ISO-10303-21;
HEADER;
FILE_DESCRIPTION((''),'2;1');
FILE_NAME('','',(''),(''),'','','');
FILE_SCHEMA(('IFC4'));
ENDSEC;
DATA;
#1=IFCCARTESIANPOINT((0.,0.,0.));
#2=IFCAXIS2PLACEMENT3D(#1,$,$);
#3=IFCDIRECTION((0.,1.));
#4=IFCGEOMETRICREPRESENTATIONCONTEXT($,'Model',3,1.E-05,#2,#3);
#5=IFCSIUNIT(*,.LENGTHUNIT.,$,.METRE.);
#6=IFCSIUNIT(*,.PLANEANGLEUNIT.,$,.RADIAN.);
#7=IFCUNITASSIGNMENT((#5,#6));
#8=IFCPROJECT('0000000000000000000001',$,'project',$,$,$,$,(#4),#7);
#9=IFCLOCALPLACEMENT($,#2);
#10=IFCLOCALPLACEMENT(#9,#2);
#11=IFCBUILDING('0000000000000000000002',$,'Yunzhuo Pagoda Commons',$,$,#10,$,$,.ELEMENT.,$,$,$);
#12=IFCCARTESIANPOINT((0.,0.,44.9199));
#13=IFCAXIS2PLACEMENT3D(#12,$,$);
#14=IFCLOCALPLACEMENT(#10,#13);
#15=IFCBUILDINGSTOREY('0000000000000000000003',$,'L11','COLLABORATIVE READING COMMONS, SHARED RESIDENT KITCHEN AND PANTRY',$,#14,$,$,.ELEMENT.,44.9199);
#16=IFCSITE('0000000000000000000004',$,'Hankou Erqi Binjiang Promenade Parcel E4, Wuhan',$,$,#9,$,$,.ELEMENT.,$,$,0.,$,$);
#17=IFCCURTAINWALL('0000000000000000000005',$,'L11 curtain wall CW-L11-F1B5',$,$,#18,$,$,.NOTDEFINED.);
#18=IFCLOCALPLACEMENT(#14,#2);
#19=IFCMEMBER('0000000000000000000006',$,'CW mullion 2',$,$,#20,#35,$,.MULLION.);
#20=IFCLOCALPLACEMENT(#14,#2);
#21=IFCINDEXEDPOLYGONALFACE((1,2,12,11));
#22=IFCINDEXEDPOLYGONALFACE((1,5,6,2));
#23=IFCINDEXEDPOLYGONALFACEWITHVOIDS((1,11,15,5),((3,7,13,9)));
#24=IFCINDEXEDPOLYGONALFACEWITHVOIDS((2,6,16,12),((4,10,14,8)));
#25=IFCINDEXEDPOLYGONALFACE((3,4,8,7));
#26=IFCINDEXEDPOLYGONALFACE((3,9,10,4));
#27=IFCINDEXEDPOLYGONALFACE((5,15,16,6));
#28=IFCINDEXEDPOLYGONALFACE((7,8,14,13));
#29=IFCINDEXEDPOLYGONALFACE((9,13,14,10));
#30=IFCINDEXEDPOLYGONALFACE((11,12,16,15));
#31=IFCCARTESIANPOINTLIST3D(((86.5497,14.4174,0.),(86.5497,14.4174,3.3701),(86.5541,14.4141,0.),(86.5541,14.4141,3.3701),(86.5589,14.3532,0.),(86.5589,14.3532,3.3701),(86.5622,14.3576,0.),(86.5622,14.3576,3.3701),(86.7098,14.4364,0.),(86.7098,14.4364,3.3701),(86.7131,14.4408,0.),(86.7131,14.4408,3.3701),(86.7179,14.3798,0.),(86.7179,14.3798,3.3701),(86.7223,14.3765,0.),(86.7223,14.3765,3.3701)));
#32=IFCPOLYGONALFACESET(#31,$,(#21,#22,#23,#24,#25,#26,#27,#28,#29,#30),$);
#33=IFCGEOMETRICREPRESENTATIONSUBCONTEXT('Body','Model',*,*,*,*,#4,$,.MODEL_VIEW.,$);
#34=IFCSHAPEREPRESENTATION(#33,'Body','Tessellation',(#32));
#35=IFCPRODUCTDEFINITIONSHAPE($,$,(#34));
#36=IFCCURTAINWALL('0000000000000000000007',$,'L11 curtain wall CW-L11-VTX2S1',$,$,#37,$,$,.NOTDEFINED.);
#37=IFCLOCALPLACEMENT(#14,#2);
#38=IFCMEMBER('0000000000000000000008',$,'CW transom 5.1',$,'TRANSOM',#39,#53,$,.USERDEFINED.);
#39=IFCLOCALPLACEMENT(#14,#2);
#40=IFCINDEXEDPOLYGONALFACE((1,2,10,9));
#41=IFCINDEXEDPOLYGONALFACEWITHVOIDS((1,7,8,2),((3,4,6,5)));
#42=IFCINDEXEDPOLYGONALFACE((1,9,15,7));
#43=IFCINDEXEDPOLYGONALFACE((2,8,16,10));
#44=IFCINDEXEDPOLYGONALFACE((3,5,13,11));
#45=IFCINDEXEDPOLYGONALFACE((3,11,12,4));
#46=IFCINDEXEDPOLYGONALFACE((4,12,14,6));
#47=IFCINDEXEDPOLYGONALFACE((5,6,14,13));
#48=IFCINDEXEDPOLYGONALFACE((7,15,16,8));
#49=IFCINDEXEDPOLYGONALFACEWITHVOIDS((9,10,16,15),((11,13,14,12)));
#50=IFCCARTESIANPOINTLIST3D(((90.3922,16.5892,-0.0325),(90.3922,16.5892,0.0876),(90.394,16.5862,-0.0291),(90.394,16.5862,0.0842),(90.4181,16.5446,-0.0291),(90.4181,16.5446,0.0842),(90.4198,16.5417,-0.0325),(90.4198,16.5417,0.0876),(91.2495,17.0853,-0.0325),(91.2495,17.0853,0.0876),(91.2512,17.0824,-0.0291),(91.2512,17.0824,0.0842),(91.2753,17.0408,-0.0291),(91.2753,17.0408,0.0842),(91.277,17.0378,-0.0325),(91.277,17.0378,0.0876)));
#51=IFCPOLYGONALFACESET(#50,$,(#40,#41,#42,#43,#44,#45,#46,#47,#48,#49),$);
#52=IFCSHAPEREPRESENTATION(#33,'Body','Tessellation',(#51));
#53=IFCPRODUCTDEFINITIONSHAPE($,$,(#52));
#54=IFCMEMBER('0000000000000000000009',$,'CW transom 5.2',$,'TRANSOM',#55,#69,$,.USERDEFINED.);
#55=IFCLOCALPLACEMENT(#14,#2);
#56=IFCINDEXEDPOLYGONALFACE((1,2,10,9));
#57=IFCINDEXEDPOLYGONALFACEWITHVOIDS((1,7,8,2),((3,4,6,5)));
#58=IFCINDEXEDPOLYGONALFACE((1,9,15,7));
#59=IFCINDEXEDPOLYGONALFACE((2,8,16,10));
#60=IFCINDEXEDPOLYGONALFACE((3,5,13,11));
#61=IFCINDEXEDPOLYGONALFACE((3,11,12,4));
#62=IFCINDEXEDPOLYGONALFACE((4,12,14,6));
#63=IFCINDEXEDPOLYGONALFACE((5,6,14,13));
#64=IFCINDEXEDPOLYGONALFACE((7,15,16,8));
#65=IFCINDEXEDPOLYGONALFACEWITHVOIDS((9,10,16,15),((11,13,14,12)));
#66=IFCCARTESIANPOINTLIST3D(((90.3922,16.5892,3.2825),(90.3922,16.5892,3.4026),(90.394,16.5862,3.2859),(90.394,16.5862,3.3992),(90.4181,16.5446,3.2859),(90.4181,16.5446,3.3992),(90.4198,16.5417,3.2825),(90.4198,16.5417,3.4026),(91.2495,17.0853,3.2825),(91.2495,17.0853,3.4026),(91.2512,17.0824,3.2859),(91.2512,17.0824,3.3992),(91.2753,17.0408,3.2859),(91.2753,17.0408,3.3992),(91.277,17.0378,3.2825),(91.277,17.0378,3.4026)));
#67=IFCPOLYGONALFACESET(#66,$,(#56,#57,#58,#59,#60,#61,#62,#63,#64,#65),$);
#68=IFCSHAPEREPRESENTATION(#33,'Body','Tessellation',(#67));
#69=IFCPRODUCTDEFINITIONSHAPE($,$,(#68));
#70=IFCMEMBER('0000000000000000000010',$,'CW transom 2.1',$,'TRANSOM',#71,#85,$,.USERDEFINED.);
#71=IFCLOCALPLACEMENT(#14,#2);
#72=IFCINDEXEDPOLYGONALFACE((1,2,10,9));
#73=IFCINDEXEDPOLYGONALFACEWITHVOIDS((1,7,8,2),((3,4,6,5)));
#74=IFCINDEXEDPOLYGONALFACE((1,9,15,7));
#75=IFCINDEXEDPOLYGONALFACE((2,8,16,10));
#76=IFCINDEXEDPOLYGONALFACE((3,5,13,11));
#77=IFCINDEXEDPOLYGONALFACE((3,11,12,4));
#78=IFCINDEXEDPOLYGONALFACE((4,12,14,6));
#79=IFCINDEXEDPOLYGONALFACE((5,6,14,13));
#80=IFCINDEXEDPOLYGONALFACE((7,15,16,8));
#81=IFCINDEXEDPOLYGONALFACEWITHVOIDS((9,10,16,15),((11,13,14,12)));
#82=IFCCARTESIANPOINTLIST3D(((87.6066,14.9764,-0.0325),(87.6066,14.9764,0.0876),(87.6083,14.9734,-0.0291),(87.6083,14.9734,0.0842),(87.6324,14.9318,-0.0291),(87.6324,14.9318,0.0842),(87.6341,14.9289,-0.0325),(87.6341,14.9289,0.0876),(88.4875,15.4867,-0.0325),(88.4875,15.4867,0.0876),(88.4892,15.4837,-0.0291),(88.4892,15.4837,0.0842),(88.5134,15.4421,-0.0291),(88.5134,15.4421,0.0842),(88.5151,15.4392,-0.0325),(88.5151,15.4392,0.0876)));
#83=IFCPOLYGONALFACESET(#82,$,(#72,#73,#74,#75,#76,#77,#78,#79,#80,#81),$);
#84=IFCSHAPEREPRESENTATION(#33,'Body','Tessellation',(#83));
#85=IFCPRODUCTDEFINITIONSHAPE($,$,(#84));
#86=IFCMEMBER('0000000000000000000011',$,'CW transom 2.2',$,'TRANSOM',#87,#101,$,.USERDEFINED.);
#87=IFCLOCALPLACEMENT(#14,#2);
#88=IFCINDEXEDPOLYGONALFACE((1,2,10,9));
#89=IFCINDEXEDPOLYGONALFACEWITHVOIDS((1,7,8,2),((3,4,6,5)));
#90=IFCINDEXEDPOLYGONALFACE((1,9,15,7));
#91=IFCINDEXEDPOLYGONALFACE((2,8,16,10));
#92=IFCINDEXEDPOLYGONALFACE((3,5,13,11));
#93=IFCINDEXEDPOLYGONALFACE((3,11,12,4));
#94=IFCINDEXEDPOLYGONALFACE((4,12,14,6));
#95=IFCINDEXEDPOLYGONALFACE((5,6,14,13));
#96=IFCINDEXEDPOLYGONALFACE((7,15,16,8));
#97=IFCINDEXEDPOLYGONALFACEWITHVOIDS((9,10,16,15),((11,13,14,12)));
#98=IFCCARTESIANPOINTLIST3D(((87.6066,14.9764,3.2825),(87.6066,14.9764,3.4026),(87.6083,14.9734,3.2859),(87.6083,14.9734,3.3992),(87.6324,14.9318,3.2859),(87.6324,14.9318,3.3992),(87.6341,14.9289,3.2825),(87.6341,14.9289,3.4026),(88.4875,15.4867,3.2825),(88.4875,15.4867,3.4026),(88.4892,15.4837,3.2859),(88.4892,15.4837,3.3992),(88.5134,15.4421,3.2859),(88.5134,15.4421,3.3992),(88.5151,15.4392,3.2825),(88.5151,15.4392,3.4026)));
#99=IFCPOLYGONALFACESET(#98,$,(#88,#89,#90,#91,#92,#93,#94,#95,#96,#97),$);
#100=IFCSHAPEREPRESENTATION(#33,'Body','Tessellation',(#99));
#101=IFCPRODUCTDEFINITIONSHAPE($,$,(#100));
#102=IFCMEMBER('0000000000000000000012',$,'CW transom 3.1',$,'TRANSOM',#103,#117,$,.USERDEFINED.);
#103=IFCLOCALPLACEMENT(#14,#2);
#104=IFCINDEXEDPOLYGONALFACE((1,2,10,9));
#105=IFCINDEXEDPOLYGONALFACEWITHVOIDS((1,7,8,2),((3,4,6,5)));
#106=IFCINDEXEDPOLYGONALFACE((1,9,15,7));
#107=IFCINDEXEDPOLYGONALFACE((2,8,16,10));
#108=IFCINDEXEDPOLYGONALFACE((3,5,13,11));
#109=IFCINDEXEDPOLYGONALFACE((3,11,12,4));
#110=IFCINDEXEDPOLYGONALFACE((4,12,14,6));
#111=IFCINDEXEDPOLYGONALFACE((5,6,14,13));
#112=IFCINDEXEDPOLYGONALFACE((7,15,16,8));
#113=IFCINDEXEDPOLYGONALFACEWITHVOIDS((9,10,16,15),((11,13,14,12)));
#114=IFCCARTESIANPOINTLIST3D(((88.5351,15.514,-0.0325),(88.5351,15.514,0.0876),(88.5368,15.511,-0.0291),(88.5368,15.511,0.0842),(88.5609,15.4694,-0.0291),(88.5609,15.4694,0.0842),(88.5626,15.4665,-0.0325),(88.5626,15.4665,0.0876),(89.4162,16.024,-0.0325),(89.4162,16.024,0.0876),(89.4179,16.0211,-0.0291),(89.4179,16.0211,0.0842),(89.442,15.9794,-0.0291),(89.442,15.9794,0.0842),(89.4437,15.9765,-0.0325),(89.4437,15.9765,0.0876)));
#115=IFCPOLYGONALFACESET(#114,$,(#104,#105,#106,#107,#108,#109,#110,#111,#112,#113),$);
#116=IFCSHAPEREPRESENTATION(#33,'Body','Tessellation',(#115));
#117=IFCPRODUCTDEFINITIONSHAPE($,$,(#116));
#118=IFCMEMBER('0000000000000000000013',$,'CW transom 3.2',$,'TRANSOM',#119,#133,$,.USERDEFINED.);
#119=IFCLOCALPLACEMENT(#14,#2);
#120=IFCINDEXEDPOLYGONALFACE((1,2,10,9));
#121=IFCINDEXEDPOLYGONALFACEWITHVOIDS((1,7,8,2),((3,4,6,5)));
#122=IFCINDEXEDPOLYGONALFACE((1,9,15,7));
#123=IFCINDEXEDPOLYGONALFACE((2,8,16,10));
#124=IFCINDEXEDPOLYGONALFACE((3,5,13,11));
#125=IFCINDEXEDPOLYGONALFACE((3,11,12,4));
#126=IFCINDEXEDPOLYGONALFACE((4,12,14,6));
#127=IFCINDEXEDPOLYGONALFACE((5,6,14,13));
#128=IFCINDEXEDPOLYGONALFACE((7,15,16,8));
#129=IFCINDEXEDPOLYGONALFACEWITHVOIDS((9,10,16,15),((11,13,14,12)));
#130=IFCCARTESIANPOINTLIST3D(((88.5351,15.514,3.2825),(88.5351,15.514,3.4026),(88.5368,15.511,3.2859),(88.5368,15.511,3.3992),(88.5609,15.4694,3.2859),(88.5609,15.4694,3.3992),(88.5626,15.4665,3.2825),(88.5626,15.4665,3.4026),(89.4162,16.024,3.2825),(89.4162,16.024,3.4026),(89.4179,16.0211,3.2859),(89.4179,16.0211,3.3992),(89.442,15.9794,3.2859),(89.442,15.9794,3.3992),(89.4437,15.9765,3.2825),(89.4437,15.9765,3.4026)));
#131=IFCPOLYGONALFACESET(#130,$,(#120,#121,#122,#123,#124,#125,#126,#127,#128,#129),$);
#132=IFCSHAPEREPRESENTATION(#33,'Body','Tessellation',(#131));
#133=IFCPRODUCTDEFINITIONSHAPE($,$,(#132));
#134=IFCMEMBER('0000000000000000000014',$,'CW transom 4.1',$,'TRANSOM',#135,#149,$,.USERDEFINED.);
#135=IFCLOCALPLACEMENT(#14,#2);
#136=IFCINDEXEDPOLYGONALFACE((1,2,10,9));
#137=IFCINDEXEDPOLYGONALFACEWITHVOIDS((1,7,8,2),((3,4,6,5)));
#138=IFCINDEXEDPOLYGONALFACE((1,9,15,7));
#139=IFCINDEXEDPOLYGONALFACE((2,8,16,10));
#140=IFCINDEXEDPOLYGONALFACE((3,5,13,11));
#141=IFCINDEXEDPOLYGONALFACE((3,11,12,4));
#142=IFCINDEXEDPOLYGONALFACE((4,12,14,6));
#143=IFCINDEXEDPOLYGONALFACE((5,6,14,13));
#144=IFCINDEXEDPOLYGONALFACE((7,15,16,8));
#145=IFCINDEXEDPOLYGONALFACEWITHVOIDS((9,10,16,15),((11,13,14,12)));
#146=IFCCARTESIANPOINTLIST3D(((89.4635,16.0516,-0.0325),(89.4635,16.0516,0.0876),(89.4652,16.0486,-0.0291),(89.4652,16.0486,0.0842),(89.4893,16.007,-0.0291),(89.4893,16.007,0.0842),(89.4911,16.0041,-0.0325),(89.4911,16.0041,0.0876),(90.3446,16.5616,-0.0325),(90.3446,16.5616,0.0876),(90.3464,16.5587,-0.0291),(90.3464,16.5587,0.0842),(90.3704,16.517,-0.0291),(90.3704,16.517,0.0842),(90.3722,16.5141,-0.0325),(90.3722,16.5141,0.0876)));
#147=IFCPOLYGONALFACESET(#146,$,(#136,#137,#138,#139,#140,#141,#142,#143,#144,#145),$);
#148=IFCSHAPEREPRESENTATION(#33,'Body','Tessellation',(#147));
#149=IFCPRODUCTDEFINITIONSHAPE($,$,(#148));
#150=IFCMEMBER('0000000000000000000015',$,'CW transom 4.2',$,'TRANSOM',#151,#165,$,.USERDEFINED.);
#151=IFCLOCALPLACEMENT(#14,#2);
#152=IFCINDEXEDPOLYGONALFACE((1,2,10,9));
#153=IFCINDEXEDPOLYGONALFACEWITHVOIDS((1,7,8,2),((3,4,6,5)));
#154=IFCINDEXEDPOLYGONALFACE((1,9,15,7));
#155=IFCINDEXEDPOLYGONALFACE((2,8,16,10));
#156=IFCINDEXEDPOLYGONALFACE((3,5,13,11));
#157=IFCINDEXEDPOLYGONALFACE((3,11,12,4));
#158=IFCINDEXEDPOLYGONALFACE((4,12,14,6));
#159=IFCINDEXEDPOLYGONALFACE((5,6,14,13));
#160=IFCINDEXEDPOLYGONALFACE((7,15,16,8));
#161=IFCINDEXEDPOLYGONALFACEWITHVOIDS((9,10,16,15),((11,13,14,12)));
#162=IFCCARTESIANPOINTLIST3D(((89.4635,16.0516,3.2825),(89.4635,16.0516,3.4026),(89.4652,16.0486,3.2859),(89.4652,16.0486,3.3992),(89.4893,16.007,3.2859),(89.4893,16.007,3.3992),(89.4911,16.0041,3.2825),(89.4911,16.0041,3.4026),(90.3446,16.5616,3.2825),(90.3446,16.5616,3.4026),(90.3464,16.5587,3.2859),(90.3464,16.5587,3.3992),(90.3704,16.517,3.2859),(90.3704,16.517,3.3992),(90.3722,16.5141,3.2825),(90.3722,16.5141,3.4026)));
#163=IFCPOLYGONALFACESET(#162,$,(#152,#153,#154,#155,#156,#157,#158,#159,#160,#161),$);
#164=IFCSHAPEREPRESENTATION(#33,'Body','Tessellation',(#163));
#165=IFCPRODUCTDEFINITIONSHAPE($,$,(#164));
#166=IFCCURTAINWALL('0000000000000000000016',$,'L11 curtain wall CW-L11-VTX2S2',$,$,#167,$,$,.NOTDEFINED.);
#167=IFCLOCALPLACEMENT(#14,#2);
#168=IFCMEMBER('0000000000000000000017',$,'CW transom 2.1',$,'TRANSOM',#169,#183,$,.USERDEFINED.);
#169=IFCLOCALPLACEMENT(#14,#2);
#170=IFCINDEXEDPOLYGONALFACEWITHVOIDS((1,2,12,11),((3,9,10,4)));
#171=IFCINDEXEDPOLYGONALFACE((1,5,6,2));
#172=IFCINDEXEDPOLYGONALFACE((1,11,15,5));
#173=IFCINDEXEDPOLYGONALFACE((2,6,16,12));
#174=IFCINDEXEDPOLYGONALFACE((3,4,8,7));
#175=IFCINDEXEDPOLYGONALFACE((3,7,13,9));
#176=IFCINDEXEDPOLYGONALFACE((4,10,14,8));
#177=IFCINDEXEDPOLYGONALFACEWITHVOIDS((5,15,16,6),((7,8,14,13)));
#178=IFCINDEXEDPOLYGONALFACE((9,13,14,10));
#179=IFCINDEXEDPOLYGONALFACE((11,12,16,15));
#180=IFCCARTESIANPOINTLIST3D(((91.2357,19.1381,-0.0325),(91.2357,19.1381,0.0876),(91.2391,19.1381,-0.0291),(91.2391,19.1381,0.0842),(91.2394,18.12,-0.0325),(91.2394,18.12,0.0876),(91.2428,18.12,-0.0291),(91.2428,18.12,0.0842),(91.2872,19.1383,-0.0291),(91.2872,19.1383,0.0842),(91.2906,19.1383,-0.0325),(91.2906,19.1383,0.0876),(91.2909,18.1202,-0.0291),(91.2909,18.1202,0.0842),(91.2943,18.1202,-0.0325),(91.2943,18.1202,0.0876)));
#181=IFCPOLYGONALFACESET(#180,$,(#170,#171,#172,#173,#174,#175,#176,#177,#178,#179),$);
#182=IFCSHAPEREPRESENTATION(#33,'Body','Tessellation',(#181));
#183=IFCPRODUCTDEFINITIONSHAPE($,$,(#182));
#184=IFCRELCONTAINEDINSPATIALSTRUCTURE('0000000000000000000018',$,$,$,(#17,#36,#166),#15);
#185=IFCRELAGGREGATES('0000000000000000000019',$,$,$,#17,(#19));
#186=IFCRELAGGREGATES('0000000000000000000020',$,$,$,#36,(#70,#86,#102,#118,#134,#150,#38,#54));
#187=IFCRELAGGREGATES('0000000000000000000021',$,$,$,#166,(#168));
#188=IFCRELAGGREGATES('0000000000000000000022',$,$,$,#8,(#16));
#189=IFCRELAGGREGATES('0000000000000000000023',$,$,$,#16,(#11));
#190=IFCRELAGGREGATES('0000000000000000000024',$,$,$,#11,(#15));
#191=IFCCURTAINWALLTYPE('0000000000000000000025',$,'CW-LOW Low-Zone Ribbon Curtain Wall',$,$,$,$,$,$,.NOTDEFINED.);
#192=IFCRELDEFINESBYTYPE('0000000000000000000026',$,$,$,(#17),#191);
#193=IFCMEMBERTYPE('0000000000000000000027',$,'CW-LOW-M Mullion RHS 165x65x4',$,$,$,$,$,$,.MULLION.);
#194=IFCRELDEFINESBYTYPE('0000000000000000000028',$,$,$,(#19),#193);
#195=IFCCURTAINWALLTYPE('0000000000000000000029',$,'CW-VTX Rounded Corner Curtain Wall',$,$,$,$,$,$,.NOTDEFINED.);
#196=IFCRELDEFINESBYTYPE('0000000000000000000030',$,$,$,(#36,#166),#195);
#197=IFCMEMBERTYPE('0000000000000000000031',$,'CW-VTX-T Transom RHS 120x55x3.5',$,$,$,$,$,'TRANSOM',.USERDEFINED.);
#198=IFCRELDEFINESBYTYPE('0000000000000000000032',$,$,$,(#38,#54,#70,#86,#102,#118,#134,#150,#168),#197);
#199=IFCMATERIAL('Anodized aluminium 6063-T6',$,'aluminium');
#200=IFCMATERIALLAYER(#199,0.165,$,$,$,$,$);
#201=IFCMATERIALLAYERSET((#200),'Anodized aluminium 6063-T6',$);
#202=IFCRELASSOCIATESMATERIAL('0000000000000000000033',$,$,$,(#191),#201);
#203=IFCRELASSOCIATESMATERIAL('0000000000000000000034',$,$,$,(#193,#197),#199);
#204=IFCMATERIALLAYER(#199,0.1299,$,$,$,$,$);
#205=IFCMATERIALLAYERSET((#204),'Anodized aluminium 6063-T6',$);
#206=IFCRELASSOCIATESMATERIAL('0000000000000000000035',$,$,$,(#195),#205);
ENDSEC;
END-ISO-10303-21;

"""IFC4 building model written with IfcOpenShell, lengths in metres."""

from ifc_helpers import new_model, si_unit, direction, frame, origin, origin_2d, place, context, subcontext, project, spatial, hollow_rectangle, extrude, source, transform, mapped, material, layer, layer_set, material_profile, profile_set, type_object, element, aggregate, save


model = new_model("IFC4")

# Units and contexts
model_context = context("Model", 3, precision=1e-05, world=origin(), true_north=direction((0.0, 1.0)))
body_context = subcontext(model_context, "Body", "Model", "MODEL_VIEW")
ifc_project = project(units=[si_unit("LENGTHUNIT", "METRE"), si_unit("PLANEANGLEUNIT", "RADIAN")], contexts=[model_context])

# Site, building, storey
site_placement = place(None, origin())
site = spatial("IfcSite", under=ifc_project, at=site_placement, Name="Hankou Erqi Binjiang Promenade Parcel E4, Wuhan", CompositionType="ELEMENT", RefElevation=0.0)
building_placement = place(site_placement, origin())
building = spatial("IfcBuilding", under=site, at=building_placement, Name="Yunzhuo Pagoda Commons", CompositionType="ELEMENT")
storey_placement = place(building_placement, frame((0.0, 0.0, 44.9199)))
storey = spatial("IfcBuildingStorey", under=building, at=storey_placement, Name="L11", Description="COLLABORATIVE READING COMMONS, SHARED RESIDENT KITCHEN AND PANTRY", CompositionType="ELEMENT", Elevation=44.9199)

# Curtain wall, member
ifc_material_1 = material(Name="Anodized aluminium 6063-T6", Category="aluminium")
ifc_layer_1 = layer(ifc_material_1, 0.165)
ifc_layer_set_1 = layer_set([ifc_layer_1], Name="Anodized aluminium 6063-T6")
curtain_wall_type_1 = type_object("IfcCurtainWallType", Name="CW-LOW Low-Zone Ribbon Curtain Wall", PredefinedType="NOTDEFINED", material=ifc_layer_set_1)
curtain_wall_1_placement = place(storey_placement, origin())
curtain_wall_1 = element("IfcCurtainWall", 1, at=curtain_wall_1_placement, inside=storey, type_object=curtain_wall_type_1, Name="L11 curtain wall CW-L11-F1B5", PredefinedType="NOTDEFINED")
ifc_material_profile_1 = material_profile(ifc_material_1, hollow_rectangle(XDim=0.0649, YDim=0.165, WallThickness=0.0039, at=origin_2d()), Name="Anodized aluminium 6063-T6")
ifc_profile_set_1 = profile_set([ifc_material_profile_1], Name="Anodized aluminium 6063-T6")
member_type_1 = type_object("IfcMemberType", Name="CW-LOW-M Mullion RHS 165x65x4", PredefinedType="MULLION", material=ifc_profile_set_1)
shared_shape_1 = source(origin(), body_context, "Body", "SweptSolid", [
    extrude(hollow_rectangle(XDim=0.0649, YDim=0.165, WallThickness=0.0039, at=origin_2d()), origin(), (0.0, 0.0, 1.0), 3.3701),
])
member_1_placement = place(storey_placement, frame((86.636, 14.397, 0.0), z_axis=(0.0, 0.0, 1.0), x_axis=(-0.141493, 0.989939, 0.0)))
member_1 = element("IfcMember", 2, at=member_1_placement, type_object=member_type_1, Name="CW mullion 2", PredefinedType="MULLION", context=body_context, shape_type="MappedRepresentation", body=[
    mapped(shared_shape_1, transform((0.0, 0.0, 0.0), scale=1.0)),
])
aggregate(curtain_wall_1, [member_1])

# Curtain walls, members
ifc_layer_2 = layer(ifc_material_1, 0.1299)
ifc_layer_set_2 = layer_set([ifc_layer_2], Name="Anodized aluminium 6063-T6")
curtain_wall_type_2 = type_object("IfcCurtainWallType", Name="CW-VTX Rounded Corner Curtain Wall", PredefinedType="NOTDEFINED", material=ifc_layer_set_2)
curtain_wall_2_placement = place(storey_placement, origin())
curtain_wall_2 = element("IfcCurtainWall", 3, at=curtain_wall_2_placement, inside=storey, type_object=curtain_wall_type_2, Name="L11 curtain wall CW-L11-VTX2S1", PredefinedType="NOTDEFINED")
ifc_material_profile_2 = material_profile(ifc_material_1, hollow_rectangle(XDim=0.0549, YDim=0.1201, WallThickness=0.0034, at=origin_2d()), Name="Anodized aluminium 6063-T6")
ifc_profile_set_2 = profile_set([ifc_material_profile_2], Name="Anodized aluminium 6063-T6")
member_type_2 = type_object("IfcMemberType", Name="CW-VTX-T Transom RHS 120x55x3.5", ElementType="TRANSOM", PredefinedType="USERDEFINED", material=ifc_profile_set_2)
shared_shape_2 = source(origin(), body_context, "Body", "SweptSolid", [
    extrude(hollow_rectangle(XDim=0.0549, YDim=0.1201, WallThickness=0.0034, at=origin_2d()), origin(), (0.0, 0.0, 1.0), 0.9905),
])
member_2_placement = place(storey_placement, frame((90.406, 16.5654, 0.0276), z_axis=(0.865499, 0.50091, 0.0), x_axis=(-0.50091, 0.865499, 0.0)))
member_2 = element("IfcMember", 4, at=member_2_placement, type_object=member_type_2, Name="CW transom 5.1", ObjectType="TRANSOM", PredefinedType="USERDEFINED", context=body_context, shape_type="MappedRepresentation", body=[
    mapped(shared_shape_2, transform((0.0, 0.0, 0.0), scale=1.0)),
])
member_3_placement = place(storey_placement, frame((90.406, 16.5654, 3.3425), z_axis=(0.865499, 0.50091, 0.0), x_axis=(-0.50091, 0.865499, 0.0)))
member_3 = element("IfcMember", 5, at=member_3_placement, type_object=member_type_2, Name="CW transom 5.2", ObjectType="TRANSOM", PredefinedType="USERDEFINED", context=body_context, shape_type="MappedRepresentation", body=[
    mapped(shared_shape_2, transform((0.0, 0.0, 0.0), scale=1.0)),
])
shared_shape_3 = source(origin(), body_context, "Body", "SweptSolid", [
    extrude(hollow_rectangle(XDim=0.0549, YDim=0.1201, WallThickness=0.0034, at=origin_2d()), origin(), (0.0, 0.0, 1.0), 1.0181),
])
member_4_placement = place(storey_placement, frame((87.6204, 14.9526, 0.0276), z_axis=(0.865306, 0.501244, 0.0), x_axis=(-0.501244, 0.865306, 0.0)))
member_4 = element("IfcMember", 6, at=member_4_placement, type_object=member_type_2, Name="CW transom 2.1", ObjectType="TRANSOM", PredefinedType="USERDEFINED", context=body_context, shape_type="MappedRepresentation", body=[
    mapped(shared_shape_3, transform((0.0, 0.0, 0.0), scale=1.0)),
])
member_5_placement = place(storey_placement, frame((87.6204, 14.9526, 3.3425), z_axis=(0.865306, 0.501244, 0.0), x_axis=(-0.501244, 0.865306, 0.0)))
member_5 = element("IfcMember", 7, at=member_5_placement, type_object=member_type_2, Name="CW transom 2.2", ObjectType="TRANSOM", PredefinedType="USERDEFINED", context=body_context, shape_type="MappedRepresentation", body=[
    mapped(shared_shape_3, transform((0.0, 0.0, 0.0), scale=1.0)),
])
member_6_placement = place(storey_placement, frame((88.5488, 15.4902, 0.0276), z_axis=(0.86547, 0.500961, 0.0), x_axis=(-0.500961, 0.86547, 0.0)))
member_6 = element("IfcMember", 8, at=member_6_placement, type_object=member_type_2, Name="CW transom 3.1", ObjectType="TRANSOM", PredefinedType="USERDEFINED", context=body_context, shape_type="MappedRepresentation", body=[
    mapped(shared_shape_3, transform((0.0, 0.0, 0.0), scale=1.0)),
])
member_7_placement = place(storey_placement, frame((88.5488, 15.4902, 3.3425), z_axis=(0.86547, 0.500961, 0.0), x_axis=(-0.500961, 0.86547, 0.0)))
member_7 = element("IfcMember", 9, at=member_7_placement, type_object=member_type_2, Name="CW transom 3.2", ObjectType="TRANSOM", PredefinedType="USERDEFINED", context=body_context, shape_type="MappedRepresentation", body=[
    mapped(shared_shape_3, transform((0.0, 0.0, 0.0), scale=1.0)),
])
member_8_placement = place(storey_placement, frame((89.4773, 16.0278, 0.0276), z_axis=(0.86547, 0.500961, 0.0), x_axis=(-0.500961, 0.86547, 0.0)))
member_8 = element("IfcMember", 10, at=member_8_placement, type_object=member_type_2, Name="CW transom 4.1", ObjectType="TRANSOM", PredefinedType="USERDEFINED", context=body_context, shape_type="MappedRepresentation", body=[
    mapped(shared_shape_3, transform((0.0, 0.0, 0.0), scale=1.0)),
])
member_9_placement = place(storey_placement, frame((89.4773, 16.0278, 3.3425), z_axis=(0.86547, 0.500961, 0.0), x_axis=(-0.500961, 0.86547, 0.0)))
member_9 = element("IfcMember", 11, at=member_9_placement, type_object=member_type_2, Name="CW transom 4.2", ObjectType="TRANSOM", PredefinedType="USERDEFINED", context=body_context, shape_type="MappedRepresentation", body=[
    mapped(shared_shape_3, transform((0.0, 0.0, 0.0), scale=1.0)),
])
curtain_wall_3_placement = place(storey_placement, origin())
curtain_wall_3 = element("IfcCurtainWall", 12, at=curtain_wall_3_placement, inside=storey, type_object=curtain_wall_type_2, Name="L11 curtain wall CW-L11-VTX2S2", PredefinedType="NOTDEFINED")
member_10_placement = place(storey_placement, frame((91.2668, 18.1201, 0.0276), z_axis=(-0.003597, 0.999994, 0.0), x_axis=(-0.999994, -0.003597, 0.0)))
member_10 = element("IfcMember", 13, at=member_10_placement, type_object=member_type_2, Name="CW transom 2.1", ObjectType="TRANSOM", PredefinedType="USERDEFINED", context=body_context, shape_type="MappedRepresentation", body=[
    mapped(shared_shape_3, transform((0.0, 0.0, 0.0), scale=1.0)),
])

aggregate(curtain_wall_2, [member_4, member_5, member_6, member_7, member_8, member_9, member_2, member_3])
aggregate(curtain_wall_3, [member_10])

save(model, "model.ifc")
